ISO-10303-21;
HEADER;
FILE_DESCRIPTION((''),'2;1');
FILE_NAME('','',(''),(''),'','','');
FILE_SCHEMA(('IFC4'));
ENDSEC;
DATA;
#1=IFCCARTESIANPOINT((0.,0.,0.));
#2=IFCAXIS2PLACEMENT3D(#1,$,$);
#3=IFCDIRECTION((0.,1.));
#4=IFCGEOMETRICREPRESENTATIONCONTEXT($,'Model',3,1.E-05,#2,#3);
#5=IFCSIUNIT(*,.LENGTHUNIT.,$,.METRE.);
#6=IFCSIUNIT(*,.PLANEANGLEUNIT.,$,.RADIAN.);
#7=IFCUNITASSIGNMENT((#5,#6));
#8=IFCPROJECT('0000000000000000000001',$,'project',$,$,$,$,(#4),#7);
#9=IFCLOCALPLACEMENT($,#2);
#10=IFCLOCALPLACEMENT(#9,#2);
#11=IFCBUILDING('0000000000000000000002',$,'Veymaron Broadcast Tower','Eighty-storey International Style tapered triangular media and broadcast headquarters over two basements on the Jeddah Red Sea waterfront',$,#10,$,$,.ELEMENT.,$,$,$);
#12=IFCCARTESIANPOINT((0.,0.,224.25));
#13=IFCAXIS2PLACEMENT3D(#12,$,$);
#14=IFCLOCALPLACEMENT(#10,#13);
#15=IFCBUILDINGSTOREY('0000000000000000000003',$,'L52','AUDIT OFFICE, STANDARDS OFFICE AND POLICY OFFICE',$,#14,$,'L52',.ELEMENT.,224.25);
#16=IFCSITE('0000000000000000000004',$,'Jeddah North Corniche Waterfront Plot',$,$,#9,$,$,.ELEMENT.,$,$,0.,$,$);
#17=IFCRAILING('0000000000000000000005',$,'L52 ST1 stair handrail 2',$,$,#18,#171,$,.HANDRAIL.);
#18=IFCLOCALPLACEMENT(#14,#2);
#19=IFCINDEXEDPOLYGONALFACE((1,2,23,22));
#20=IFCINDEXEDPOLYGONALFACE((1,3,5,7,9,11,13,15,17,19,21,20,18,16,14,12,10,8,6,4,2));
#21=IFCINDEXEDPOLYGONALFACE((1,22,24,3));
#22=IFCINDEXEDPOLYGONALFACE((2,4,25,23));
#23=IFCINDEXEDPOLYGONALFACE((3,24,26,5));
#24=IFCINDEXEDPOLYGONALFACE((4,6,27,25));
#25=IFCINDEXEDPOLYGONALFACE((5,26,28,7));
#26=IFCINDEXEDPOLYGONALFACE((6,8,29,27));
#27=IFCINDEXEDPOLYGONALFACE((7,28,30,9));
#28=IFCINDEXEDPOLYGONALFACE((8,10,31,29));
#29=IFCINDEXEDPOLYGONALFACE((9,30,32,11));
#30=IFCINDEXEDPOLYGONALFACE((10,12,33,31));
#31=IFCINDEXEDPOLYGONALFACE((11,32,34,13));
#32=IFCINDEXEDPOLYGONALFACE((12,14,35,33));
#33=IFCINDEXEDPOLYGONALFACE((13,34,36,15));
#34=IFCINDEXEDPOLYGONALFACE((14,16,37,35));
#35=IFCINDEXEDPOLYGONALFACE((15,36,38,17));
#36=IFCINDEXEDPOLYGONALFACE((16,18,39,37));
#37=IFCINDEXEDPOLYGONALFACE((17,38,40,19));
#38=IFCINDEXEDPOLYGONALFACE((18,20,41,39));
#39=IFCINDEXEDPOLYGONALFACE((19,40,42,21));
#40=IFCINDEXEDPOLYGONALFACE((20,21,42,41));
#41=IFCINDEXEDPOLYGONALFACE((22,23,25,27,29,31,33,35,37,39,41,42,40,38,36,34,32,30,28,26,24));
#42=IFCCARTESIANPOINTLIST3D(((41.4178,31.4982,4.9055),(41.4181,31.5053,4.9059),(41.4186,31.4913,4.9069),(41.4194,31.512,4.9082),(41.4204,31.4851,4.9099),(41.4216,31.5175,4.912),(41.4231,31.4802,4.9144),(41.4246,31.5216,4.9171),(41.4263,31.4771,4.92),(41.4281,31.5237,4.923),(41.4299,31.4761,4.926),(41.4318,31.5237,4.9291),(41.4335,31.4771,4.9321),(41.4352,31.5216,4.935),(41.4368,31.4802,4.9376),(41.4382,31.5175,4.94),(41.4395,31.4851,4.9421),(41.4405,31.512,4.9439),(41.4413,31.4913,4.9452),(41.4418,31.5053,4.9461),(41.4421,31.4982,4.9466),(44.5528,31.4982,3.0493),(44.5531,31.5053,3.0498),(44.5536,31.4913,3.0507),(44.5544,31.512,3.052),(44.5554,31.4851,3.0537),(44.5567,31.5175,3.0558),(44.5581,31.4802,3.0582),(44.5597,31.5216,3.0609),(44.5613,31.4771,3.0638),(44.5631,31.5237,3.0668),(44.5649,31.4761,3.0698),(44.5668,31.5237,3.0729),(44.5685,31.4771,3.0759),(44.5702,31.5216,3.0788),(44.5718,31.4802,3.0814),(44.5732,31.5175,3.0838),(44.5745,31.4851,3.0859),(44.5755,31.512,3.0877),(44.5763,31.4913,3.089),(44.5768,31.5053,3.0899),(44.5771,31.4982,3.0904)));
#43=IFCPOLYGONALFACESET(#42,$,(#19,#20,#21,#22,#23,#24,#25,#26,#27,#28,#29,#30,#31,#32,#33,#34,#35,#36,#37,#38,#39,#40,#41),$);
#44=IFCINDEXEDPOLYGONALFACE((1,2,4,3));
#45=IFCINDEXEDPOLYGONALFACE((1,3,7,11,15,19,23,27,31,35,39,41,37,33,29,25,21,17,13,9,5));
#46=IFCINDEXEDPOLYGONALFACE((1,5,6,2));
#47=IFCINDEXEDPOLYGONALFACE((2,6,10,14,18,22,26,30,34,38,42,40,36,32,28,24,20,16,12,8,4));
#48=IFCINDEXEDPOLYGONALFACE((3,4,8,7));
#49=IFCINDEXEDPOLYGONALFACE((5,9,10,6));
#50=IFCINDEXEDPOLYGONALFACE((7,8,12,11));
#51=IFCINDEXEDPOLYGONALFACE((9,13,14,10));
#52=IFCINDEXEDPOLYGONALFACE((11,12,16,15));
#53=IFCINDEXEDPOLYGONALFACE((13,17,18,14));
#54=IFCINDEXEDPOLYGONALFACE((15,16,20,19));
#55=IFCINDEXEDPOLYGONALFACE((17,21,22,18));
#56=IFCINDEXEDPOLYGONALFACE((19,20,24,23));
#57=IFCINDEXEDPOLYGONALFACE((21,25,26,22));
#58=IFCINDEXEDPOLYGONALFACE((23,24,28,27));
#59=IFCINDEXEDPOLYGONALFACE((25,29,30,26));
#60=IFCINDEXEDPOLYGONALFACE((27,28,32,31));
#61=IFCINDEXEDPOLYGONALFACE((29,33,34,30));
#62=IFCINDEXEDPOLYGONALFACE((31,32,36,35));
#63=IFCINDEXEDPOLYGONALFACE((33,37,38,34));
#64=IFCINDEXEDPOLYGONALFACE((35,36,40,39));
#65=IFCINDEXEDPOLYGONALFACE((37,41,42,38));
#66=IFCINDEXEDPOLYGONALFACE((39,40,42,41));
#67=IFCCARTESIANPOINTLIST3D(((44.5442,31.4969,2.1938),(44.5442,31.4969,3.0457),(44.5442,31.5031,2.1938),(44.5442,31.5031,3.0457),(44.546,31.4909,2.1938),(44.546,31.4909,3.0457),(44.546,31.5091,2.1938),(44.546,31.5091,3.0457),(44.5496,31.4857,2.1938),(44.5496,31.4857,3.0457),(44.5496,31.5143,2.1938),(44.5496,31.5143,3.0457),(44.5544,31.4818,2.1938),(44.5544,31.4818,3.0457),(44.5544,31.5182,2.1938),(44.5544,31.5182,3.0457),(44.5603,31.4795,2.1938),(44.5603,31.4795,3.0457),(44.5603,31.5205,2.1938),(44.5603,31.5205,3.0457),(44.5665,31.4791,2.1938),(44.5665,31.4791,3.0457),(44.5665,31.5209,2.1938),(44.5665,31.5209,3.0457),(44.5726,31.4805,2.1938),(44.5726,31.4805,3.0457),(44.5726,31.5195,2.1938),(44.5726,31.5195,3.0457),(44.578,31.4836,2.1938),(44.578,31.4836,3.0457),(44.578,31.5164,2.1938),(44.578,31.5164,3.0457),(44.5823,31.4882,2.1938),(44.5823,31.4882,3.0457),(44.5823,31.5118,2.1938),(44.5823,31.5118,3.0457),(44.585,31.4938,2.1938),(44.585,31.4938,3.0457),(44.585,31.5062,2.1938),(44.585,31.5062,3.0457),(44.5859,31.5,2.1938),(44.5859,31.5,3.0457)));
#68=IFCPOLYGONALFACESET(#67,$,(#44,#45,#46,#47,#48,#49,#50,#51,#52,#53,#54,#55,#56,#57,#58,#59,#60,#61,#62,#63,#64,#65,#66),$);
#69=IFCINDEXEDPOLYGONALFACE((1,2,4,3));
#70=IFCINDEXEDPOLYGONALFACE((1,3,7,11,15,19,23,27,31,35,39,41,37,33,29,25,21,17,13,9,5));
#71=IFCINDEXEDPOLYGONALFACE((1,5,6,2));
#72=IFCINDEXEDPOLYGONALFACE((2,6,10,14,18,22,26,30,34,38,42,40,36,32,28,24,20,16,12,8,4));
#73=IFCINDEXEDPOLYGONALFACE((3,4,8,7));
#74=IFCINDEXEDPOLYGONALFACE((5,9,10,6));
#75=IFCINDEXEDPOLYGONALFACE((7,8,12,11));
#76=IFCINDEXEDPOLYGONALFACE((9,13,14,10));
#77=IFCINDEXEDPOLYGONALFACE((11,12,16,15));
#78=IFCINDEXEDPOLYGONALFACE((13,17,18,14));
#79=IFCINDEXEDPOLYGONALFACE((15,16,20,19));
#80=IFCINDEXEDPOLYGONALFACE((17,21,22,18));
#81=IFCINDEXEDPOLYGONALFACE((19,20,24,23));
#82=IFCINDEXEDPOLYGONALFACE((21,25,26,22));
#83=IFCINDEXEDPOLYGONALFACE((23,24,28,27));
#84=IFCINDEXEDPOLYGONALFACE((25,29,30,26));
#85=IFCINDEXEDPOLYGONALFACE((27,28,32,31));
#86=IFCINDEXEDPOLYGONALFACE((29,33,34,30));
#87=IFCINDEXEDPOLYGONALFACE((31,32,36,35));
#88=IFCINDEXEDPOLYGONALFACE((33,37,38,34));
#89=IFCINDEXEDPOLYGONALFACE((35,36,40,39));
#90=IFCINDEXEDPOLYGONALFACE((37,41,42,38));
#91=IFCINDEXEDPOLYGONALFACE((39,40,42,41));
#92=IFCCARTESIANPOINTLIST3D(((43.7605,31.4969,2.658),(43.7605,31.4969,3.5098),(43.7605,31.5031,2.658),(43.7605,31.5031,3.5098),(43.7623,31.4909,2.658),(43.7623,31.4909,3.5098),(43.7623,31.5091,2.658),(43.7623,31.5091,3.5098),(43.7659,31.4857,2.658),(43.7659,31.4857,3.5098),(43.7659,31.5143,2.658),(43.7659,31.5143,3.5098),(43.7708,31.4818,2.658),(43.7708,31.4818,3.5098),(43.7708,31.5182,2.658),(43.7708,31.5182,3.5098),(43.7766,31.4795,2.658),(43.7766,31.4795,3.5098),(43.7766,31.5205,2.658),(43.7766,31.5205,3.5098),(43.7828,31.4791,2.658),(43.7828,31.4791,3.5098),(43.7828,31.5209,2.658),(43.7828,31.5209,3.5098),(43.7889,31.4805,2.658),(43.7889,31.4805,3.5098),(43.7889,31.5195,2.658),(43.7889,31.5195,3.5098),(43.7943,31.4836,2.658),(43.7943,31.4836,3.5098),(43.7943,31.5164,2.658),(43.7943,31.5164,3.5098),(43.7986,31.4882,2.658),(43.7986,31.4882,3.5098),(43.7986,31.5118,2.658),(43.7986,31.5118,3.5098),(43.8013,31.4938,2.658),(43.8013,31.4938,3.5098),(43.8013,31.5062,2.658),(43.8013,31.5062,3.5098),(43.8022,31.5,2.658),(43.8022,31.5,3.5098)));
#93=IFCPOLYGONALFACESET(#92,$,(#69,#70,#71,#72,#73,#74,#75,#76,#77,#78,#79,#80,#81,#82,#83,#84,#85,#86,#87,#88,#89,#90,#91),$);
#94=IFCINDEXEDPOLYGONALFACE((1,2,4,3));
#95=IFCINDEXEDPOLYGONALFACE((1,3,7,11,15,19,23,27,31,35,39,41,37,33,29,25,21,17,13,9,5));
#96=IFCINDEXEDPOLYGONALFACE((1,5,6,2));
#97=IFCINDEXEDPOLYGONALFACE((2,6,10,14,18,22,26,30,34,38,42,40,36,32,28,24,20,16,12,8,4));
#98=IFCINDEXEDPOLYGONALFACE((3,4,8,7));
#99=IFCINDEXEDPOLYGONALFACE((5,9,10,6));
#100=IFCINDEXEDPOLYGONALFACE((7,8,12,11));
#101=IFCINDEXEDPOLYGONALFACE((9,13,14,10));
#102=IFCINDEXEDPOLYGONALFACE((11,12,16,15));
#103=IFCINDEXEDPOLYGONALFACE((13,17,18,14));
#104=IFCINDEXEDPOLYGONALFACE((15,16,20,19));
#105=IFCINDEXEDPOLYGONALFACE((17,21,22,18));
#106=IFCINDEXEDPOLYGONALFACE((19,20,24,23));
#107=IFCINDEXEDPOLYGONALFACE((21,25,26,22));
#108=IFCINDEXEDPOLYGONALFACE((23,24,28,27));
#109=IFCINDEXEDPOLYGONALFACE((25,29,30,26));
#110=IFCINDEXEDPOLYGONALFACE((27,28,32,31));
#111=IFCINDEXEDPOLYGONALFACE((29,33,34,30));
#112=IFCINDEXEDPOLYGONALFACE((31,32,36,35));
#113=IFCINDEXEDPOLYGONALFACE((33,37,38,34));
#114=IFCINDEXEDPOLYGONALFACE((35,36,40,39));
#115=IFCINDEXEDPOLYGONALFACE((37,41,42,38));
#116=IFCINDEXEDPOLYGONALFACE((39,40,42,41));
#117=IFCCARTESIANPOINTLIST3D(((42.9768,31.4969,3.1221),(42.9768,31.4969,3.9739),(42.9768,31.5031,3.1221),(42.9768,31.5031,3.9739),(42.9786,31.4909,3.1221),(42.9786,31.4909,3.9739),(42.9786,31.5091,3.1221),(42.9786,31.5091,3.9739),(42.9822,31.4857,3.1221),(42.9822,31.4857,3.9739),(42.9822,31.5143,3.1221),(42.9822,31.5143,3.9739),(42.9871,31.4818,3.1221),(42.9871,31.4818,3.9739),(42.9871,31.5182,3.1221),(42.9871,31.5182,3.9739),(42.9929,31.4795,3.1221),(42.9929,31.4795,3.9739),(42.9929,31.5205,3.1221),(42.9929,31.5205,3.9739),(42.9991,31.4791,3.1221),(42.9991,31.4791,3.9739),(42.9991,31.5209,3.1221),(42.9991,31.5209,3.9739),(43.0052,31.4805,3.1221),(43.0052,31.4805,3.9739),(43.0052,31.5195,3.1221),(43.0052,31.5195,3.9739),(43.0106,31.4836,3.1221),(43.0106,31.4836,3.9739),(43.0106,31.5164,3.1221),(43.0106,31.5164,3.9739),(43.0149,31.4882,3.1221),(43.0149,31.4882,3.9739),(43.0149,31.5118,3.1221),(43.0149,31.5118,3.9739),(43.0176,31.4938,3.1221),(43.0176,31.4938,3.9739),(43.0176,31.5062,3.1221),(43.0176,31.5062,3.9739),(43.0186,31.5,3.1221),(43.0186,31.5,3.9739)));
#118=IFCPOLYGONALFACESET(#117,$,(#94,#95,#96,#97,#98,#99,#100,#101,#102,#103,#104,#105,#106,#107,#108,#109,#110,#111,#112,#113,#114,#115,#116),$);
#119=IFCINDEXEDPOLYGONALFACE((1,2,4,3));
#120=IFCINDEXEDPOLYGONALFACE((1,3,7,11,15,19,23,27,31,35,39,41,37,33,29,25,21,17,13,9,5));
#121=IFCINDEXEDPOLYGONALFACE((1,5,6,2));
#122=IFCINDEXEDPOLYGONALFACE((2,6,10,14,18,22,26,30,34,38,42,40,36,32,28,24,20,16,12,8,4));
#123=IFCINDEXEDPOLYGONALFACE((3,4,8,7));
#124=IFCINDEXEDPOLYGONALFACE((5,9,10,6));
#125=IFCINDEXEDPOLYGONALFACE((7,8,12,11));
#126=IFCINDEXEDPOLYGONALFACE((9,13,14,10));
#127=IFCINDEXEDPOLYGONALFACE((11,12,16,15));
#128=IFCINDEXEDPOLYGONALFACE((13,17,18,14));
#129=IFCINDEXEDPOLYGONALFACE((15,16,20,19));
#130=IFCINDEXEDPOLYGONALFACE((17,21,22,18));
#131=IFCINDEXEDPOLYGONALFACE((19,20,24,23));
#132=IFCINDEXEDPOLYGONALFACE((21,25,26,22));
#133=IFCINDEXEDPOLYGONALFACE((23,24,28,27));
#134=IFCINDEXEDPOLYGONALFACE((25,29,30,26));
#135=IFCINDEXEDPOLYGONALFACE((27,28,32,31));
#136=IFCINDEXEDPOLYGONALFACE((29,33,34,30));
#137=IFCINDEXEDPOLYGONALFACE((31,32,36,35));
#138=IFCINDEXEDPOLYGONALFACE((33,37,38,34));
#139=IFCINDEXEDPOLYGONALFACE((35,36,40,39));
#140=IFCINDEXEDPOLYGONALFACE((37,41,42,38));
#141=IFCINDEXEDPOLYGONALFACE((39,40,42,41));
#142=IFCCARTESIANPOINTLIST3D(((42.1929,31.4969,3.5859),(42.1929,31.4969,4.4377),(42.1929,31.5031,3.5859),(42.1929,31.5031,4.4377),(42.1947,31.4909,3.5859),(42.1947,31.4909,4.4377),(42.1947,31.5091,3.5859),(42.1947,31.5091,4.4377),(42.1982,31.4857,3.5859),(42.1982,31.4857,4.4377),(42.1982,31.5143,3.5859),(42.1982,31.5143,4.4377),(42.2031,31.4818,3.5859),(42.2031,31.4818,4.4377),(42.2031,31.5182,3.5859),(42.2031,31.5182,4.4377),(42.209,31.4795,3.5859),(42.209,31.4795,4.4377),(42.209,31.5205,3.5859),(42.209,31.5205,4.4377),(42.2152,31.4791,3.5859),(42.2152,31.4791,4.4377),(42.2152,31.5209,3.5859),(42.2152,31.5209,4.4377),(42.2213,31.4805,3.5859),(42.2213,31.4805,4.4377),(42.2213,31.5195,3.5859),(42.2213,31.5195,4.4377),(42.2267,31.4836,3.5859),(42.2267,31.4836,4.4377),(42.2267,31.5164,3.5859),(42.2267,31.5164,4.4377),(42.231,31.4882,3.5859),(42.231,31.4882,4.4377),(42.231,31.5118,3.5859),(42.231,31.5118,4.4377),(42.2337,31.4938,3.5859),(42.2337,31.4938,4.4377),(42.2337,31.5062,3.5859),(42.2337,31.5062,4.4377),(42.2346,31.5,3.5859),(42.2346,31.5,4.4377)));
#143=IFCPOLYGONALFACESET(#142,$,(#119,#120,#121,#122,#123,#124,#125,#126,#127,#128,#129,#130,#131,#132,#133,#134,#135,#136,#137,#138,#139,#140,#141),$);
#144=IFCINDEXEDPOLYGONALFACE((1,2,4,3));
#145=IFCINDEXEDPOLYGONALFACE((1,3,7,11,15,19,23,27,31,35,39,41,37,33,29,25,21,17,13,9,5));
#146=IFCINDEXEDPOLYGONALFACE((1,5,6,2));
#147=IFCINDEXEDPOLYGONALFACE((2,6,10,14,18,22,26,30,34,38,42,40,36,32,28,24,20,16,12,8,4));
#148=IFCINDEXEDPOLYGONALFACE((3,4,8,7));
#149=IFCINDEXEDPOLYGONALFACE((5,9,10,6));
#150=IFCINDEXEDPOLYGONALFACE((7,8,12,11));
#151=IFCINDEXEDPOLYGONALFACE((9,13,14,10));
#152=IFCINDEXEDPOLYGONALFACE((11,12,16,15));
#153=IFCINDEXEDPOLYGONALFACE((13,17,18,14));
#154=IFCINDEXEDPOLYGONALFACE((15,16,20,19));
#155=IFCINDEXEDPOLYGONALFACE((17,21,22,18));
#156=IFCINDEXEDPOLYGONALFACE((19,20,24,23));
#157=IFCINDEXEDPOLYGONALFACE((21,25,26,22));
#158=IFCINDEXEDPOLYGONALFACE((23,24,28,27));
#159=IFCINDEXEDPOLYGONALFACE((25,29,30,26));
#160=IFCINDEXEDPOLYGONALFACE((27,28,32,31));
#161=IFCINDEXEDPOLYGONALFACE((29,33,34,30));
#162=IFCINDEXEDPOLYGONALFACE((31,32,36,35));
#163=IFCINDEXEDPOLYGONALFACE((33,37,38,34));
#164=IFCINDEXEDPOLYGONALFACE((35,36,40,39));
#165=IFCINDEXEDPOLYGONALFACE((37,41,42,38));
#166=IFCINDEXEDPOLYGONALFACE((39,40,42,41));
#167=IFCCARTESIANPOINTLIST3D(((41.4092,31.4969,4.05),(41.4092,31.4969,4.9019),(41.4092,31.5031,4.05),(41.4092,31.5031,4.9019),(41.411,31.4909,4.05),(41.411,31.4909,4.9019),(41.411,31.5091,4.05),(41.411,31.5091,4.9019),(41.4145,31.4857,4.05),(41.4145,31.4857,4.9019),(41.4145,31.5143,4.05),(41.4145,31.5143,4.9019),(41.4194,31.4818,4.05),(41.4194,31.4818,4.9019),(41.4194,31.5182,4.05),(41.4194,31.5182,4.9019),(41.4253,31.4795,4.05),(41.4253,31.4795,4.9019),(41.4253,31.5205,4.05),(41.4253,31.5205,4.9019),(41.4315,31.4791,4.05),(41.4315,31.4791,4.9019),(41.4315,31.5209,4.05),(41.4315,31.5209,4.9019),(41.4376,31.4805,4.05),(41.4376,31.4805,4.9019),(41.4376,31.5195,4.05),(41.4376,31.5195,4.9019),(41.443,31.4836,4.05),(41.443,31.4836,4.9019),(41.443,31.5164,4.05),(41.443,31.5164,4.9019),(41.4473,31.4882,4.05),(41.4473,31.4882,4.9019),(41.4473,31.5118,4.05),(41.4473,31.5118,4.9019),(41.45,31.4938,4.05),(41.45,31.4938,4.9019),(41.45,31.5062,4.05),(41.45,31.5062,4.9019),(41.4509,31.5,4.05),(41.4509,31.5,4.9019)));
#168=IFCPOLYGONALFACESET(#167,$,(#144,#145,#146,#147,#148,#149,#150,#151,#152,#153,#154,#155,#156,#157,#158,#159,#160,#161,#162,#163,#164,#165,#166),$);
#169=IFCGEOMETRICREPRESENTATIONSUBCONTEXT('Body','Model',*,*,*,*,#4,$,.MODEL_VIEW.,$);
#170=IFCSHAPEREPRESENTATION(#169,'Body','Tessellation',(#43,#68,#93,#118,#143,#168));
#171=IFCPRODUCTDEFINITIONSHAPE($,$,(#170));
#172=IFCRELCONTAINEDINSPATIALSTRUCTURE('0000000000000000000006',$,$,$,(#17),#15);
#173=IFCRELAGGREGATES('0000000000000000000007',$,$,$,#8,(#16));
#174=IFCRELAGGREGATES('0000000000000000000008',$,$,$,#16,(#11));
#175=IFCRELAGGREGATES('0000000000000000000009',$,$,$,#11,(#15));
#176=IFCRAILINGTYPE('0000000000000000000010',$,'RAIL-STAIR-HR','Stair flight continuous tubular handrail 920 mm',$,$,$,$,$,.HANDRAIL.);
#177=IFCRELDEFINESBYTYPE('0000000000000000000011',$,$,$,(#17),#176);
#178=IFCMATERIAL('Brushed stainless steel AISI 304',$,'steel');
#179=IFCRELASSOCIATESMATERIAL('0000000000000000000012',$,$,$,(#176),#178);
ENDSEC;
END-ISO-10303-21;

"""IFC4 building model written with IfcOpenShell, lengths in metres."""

from ifc_helpers import new_model, si_unit, direction, frame, origin, origin_2d, place, context, subcontext, project, spatial, circle, extrude, material, type_object, element, save


model = new_model("IFC4")

# Units and contexts
model_context = context("Model", 3, precision=1e-05, world=origin(), true_north=direction((0.0, 1.0)))
body_context = subcontext(model_context, "Body", "Model", "MODEL_VIEW")
ifc_project = project(units=[si_unit("LENGTHUNIT", "METRE"), si_unit("PLANEANGLEUNIT", "RADIAN")], contexts=[model_context])

# Site, building, storey
site_placement = place(None, origin())
site = spatial("IfcSite", under=ifc_project, at=site_placement, Name="Jeddah North Corniche Waterfront Plot", CompositionType="ELEMENT", RefElevation=0.0)
building_placement = place(site_placement, origin())
building = spatial("IfcBuilding", under=site, at=building_placement, Name="Veymaron Broadcast Tower", Description="Eighty-storey International Style tapered triangular media and broadcast headquarters over two basements on the Jeddah Red Sea waterfront", CompositionType="ELEMENT")
storey_placement = place(building_placement, frame((0.0, 0.0, 224.25)))
storey = spatial("IfcBuildingStorey", under=building, at=storey_placement, Name="L52", Description="AUDIT OFFICE, STANDARDS OFFICE AND POLICY OFFICE", LongName="L52", CompositionType="ELEMENT", Elevation=224.25)

# Shared definitions
ifc_material_1 = material(Name="Brushed stainless steel AISI 304", Category="steel")

# Railing
railing_type_1 = type_object("IfcRailingType", Name="RAIL-STAIR-HR", Description="Stair flight continuous tubular handrail 920 mm", PredefinedType="HANDRAIL", material=ifc_material_1)
railing_1_placement = place(storey_placement, frame((44.5649, 31.5, 2.1938)))
element("IfcRailing", 1, at=railing_1_placement, inside=storey, type_object=railing_type_1, Name="L52 ST1 stair handrail 2", PredefinedType="HANDRAIL", context=body_context, shape_type="SweptSolid", body=[
    extrude(circle(Radius=0.0239, at=origin_2d()), frame((0.0, 0.0, 0.876), z_axis=(-0.860482, 0.0, 0.509481), x_axis=(0.0, -1.0, 0.0)), (0.0, 0.0, 1.0), 3.6433),
    extrude(circle(Radius=0.021, at=origin_2d()), origin(), (0.0, 0.0, 1.0), 0.8518),
    extrude(circle(Radius=0.021, at=origin_2d()), frame((-0.7837, 0.0, 0.4641)), (0.0, 0.0, 1.0), 0.8518),
    extrude(circle(Radius=0.021, at=origin_2d()), frame((-1.5674, 0.0, 0.9282)), (0.0, 0.0, 1.0), 0.8518),
    extrude(circle(Radius=0.021, at=origin_2d()), frame((-2.3513, 0.0, 1.3921)), (0.0, 0.0, 1.0), 0.8518),
    extrude(circle(Radius=0.021, at=origin_2d()), frame((-3.135, 0.0, 1.8562)), (0.0, 0.0, 1.0), 0.8518),
])

save(model, "model.ifc")
